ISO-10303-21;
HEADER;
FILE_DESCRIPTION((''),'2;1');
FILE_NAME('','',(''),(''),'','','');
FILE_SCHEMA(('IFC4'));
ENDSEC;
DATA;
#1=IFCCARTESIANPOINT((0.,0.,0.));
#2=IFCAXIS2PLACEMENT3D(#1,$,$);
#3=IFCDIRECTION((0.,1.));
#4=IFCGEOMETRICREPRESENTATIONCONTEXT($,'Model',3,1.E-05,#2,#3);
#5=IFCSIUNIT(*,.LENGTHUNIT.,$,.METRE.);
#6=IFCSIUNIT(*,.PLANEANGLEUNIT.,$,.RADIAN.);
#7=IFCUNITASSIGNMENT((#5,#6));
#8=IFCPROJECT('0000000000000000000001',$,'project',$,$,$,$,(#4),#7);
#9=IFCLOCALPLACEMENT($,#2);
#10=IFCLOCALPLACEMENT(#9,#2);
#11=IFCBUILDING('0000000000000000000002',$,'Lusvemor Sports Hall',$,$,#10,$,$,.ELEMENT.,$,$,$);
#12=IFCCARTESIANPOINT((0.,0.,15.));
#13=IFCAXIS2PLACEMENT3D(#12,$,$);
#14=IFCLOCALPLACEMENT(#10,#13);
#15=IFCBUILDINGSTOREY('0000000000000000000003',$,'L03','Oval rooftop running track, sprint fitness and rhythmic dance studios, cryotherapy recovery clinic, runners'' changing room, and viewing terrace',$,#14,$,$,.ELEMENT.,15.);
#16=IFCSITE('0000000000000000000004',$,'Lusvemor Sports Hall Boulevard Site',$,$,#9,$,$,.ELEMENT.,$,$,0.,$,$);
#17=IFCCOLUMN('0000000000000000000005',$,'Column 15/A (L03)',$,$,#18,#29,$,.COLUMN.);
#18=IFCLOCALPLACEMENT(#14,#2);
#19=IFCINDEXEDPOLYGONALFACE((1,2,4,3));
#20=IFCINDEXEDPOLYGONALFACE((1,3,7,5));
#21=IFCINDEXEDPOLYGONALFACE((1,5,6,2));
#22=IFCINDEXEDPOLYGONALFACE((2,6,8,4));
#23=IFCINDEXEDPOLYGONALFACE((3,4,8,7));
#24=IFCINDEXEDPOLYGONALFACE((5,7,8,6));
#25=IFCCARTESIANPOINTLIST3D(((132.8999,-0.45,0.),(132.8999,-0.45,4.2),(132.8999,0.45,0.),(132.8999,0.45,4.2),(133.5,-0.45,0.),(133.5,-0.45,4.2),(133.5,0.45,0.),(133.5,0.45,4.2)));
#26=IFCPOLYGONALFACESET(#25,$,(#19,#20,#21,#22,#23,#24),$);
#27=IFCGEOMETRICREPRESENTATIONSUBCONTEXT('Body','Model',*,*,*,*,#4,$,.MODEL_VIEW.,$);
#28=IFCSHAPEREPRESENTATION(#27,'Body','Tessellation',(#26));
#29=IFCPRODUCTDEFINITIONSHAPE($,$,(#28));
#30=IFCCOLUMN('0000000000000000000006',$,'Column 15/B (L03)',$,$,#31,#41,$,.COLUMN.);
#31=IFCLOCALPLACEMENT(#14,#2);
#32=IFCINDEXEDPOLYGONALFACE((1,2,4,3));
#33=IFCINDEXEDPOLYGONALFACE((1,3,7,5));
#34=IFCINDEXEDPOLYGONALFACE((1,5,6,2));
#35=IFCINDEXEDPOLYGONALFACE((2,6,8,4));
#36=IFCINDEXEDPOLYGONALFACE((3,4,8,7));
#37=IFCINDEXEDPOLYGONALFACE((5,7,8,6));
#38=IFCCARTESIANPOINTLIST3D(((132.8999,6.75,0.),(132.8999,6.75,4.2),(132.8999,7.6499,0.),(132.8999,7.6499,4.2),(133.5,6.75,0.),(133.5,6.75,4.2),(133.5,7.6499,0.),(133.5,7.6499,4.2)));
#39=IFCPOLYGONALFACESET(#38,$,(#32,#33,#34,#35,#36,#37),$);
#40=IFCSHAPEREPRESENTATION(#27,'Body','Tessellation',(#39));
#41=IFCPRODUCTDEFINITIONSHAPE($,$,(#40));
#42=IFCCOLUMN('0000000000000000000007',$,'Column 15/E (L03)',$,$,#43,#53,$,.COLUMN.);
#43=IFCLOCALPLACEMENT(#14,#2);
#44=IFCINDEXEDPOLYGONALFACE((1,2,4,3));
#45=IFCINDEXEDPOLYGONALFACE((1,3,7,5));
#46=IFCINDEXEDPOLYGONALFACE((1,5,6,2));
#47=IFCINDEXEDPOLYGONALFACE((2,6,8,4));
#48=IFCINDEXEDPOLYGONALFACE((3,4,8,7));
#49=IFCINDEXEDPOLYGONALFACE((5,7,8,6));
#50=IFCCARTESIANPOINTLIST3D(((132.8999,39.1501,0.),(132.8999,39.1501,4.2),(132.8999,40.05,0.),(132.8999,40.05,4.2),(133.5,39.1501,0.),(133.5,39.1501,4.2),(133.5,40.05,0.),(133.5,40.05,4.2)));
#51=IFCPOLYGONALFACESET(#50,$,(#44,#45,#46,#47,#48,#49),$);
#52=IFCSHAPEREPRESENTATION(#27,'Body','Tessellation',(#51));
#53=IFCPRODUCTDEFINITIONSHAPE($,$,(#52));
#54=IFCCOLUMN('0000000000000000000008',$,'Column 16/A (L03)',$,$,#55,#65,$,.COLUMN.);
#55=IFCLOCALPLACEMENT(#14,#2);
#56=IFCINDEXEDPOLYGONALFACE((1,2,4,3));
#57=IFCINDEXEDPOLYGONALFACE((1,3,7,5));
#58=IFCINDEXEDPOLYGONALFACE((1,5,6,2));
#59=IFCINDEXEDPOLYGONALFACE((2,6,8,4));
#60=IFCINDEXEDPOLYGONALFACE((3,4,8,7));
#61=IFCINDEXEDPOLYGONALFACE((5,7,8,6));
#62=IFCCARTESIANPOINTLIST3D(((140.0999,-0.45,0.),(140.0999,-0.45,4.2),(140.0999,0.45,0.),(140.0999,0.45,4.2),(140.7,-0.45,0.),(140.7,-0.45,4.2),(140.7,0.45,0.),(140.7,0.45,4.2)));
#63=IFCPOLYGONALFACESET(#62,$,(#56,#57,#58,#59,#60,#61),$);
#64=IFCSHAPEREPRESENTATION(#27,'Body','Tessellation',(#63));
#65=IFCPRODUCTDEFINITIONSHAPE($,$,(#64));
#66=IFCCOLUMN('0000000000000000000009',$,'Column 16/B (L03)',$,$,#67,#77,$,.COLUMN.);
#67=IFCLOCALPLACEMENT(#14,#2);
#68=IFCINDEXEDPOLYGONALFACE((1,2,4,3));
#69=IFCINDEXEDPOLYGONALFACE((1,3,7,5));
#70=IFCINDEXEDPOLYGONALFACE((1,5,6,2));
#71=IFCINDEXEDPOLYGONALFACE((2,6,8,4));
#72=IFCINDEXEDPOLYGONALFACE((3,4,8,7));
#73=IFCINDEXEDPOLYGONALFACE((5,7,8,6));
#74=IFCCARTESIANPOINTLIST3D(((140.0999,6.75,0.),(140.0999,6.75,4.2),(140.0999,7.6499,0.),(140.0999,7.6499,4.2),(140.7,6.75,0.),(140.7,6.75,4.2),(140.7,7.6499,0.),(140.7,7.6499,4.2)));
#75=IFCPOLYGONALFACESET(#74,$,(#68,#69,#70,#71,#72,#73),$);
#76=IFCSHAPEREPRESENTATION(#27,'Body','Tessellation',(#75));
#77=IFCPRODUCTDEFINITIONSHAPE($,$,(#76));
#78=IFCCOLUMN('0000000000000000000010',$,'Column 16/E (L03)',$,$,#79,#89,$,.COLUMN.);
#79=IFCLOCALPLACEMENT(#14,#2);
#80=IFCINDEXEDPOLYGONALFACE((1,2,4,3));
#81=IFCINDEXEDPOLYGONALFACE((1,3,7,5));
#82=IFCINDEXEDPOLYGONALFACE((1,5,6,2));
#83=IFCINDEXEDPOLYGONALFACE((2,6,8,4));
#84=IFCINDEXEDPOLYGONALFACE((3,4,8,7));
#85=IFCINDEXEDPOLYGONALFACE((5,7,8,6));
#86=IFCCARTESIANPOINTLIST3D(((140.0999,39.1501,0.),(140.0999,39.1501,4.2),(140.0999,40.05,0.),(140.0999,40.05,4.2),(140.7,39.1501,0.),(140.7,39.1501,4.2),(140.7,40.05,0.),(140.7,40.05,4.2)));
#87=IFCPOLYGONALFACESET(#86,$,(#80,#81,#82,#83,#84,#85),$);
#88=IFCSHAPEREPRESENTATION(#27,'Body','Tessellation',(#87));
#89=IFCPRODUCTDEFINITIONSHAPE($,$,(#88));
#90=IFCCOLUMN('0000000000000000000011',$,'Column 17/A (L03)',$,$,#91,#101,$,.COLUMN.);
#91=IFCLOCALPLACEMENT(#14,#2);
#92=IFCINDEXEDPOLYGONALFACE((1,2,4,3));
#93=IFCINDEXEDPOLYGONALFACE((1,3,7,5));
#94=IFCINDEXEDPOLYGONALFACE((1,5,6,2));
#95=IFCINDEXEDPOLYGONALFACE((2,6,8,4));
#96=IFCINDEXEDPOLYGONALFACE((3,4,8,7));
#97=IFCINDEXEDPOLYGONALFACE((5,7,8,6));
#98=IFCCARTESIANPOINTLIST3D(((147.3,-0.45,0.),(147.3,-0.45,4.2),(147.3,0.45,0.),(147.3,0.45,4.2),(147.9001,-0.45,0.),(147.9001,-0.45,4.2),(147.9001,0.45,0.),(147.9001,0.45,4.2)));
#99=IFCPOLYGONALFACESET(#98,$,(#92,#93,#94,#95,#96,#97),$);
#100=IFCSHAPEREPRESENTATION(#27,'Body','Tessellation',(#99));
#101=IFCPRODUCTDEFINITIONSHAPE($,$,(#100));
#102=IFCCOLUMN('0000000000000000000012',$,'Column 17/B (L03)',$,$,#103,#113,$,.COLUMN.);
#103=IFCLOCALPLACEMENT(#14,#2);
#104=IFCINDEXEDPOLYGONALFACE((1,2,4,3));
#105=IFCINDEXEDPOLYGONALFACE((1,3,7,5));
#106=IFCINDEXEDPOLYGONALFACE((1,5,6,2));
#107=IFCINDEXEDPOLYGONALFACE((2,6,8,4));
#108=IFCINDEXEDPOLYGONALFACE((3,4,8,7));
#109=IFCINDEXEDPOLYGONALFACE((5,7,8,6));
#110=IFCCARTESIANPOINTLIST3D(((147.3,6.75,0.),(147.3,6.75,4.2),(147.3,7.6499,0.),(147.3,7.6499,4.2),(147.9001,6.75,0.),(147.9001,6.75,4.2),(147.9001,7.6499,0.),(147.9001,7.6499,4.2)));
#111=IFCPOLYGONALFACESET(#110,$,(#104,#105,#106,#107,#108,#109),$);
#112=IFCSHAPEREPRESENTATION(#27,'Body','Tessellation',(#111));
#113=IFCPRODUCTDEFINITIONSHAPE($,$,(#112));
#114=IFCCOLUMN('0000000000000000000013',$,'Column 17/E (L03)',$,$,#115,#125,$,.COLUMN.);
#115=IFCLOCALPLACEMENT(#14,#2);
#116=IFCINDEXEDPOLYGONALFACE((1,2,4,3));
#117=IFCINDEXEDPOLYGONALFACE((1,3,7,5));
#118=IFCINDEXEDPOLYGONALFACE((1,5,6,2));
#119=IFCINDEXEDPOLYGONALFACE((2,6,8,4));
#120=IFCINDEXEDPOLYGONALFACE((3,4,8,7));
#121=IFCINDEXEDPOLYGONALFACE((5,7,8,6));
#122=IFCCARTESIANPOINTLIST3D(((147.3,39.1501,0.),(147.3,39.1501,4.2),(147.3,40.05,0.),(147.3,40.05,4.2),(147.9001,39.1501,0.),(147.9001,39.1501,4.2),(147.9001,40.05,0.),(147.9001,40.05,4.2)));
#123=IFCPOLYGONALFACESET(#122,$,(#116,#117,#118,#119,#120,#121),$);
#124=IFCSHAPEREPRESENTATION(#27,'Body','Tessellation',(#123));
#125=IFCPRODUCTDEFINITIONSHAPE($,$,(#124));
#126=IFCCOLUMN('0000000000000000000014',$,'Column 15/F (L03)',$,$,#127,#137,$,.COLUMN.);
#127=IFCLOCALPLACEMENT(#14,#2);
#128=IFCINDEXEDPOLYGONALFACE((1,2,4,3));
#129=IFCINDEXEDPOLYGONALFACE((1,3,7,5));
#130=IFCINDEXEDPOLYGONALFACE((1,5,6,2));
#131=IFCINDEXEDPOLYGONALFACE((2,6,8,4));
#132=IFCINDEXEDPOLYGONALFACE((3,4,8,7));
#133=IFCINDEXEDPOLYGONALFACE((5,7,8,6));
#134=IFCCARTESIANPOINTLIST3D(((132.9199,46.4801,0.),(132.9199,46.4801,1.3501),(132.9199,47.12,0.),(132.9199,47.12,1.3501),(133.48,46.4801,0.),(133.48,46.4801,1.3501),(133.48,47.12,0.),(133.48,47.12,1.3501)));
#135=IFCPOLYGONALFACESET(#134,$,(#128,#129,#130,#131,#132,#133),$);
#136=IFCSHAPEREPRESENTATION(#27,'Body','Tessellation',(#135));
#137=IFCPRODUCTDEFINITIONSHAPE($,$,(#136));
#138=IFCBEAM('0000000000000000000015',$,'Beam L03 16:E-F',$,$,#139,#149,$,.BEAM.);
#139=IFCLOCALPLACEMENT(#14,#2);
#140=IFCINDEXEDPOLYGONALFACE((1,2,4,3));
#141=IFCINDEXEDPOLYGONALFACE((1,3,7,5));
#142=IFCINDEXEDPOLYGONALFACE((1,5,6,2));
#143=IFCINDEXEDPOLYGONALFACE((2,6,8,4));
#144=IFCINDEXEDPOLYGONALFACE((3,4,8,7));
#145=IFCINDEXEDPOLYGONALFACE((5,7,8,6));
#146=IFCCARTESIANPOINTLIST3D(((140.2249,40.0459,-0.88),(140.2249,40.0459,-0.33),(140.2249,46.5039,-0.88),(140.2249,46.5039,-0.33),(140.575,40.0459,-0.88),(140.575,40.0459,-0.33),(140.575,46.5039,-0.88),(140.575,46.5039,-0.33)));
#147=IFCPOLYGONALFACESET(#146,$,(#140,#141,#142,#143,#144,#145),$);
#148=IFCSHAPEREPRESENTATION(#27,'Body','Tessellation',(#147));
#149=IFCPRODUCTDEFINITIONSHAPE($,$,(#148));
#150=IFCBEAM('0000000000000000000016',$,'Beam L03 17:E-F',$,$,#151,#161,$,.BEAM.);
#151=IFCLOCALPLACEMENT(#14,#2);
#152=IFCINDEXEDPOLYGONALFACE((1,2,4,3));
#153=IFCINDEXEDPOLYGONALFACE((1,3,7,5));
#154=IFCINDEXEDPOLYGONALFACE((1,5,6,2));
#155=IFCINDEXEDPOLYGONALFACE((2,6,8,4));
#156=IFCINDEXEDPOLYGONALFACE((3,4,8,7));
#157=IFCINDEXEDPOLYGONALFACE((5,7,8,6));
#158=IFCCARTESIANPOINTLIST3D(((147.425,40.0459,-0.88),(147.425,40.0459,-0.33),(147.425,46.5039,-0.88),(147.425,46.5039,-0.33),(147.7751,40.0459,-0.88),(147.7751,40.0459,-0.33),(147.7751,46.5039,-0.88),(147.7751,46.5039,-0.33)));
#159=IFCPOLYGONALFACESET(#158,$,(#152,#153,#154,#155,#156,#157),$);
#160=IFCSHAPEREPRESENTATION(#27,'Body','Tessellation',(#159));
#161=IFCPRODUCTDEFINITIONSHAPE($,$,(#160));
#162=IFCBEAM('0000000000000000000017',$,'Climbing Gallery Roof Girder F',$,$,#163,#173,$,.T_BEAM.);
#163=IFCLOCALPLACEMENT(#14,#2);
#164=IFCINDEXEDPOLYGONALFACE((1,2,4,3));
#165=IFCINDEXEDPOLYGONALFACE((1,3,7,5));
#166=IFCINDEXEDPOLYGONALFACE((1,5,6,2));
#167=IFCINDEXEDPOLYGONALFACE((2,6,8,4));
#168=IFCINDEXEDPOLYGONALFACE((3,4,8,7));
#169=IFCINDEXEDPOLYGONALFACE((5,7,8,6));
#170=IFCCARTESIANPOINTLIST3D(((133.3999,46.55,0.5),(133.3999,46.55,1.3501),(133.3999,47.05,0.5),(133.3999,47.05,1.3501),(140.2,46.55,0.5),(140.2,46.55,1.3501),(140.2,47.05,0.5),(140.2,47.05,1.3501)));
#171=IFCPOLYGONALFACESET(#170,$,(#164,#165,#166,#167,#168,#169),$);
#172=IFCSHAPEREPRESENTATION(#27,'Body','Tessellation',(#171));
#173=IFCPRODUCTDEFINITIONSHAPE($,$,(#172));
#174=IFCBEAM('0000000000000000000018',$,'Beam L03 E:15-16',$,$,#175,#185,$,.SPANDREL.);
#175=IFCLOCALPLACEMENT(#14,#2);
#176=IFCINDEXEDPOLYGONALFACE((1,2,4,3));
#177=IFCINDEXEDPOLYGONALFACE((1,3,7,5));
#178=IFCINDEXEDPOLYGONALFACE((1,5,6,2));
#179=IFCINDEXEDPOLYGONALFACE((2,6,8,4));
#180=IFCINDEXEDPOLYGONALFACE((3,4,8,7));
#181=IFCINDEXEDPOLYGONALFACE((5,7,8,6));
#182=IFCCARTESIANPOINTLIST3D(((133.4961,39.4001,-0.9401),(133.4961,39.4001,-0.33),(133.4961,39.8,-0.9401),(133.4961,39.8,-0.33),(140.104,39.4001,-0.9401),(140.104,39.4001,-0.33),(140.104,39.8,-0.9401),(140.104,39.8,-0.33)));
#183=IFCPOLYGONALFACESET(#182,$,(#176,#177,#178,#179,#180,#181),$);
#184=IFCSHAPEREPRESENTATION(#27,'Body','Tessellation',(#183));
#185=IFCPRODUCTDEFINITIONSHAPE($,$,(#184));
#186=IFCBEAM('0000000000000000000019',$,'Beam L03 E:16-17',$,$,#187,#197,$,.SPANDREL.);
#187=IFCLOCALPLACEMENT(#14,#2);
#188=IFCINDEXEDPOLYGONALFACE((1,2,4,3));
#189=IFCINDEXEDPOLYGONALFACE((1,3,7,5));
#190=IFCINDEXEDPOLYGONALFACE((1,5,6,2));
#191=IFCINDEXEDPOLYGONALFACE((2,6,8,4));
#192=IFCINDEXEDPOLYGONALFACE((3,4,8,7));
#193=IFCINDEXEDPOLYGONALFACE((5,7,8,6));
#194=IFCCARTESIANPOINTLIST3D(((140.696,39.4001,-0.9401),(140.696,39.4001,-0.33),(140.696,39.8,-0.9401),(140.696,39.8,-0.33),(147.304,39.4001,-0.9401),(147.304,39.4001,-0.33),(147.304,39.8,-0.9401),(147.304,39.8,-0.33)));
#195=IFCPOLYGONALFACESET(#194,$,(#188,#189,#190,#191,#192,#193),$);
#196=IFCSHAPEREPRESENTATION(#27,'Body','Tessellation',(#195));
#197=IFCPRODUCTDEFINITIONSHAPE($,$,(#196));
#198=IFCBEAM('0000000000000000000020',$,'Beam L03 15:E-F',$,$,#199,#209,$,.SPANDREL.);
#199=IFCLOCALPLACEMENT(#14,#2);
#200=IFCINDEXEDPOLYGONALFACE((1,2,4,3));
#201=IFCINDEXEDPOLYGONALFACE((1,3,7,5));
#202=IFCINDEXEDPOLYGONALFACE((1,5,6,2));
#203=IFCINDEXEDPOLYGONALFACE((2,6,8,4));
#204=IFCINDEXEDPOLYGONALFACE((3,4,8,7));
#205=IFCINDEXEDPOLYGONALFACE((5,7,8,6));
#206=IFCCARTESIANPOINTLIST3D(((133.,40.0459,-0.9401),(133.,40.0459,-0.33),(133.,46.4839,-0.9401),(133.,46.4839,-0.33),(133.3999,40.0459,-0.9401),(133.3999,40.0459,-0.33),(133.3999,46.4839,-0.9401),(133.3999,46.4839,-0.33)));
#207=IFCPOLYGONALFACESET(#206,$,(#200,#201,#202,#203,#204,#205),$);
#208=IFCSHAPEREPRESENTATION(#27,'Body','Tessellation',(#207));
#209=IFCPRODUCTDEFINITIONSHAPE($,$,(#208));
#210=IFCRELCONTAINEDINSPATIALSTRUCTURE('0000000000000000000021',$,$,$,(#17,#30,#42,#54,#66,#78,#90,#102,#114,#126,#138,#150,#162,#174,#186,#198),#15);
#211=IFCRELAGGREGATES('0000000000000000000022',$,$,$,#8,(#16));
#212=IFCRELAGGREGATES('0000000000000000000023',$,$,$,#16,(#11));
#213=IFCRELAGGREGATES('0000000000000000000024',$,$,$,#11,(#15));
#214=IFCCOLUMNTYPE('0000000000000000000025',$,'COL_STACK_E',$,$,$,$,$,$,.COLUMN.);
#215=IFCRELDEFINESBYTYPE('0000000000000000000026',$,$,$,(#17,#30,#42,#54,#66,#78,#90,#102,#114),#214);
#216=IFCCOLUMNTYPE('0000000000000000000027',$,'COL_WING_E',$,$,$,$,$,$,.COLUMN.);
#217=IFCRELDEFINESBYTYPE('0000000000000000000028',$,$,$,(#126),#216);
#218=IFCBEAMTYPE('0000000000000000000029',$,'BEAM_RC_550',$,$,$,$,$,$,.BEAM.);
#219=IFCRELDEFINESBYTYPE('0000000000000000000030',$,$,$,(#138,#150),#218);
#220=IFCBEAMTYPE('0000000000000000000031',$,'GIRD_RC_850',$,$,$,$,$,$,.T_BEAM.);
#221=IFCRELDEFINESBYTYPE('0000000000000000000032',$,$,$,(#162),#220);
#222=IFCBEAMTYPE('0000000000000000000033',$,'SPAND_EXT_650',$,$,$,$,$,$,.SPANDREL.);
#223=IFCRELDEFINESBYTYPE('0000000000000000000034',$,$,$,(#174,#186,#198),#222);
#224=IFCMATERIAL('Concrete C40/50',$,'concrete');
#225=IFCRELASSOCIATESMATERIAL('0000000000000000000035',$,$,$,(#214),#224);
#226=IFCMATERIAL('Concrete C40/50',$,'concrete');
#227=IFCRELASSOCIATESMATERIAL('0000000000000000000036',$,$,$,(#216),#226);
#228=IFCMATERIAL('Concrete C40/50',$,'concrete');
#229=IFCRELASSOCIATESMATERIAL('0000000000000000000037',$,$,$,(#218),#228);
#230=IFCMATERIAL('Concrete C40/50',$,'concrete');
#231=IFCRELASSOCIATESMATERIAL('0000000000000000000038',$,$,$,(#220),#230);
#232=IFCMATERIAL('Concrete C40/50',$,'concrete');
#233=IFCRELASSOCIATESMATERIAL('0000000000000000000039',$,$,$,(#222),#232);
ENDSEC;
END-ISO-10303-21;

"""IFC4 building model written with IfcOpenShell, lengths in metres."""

from ifc_helpers import new_model, si_unit, direction, frame, origin, origin_2d, place, context, subcontext, project, spatial, rectangle, extrude, material, material_profile, profile_set, type_object, element, save


model = new_model("IFC4")

# Units and contexts
model_context = context("Model", 3, precision=1e-05, world=origin(), true_north=direction((0.0, 1.0)))
body_context = subcontext(model_context, "Body", "Model", "MODEL_VIEW")
ifc_project = project(units=[si_unit("LENGTHUNIT", "METRE"), si_unit("PLANEANGLEUNIT", "RADIAN")], contexts=[model_context])

# Site, building, storey
site_placement = place(None, origin())
site = spatial("IfcSite", under=ifc_project, at=site_placement, Name="Lusvemor Sports Hall Boulevard Site", CompositionType="ELEMENT", RefElevation=0.0)
building_placement = place(site_placement, origin())
building = spatial("IfcBuilding", under=site, at=building_placement, Name="Lusvemor Sports Hall", CompositionType="ELEMENT")
storey_placement = place(building_placement, frame((0.0, 0.0, 15.0)))
storey = spatial("IfcBuildingStorey", under=building, at=storey_placement, Name="L03", Description="Oval rooftop running track, sprint fitness and rhythmic dance studios, cryotherapy recovery clinic, runners' changing room, and viewing terrace", CompositionType="ELEMENT", Elevation=15.0)

# Columns
ifc_material_1 = material(Name="Concrete C40/50", Category="concrete")
ifc_material_profile_1 = material_profile(ifc_material_1, rectangle(XDim=0.6001, YDim=0.8999, at=origin_2d()), Name="RC600x900")
ifc_profile_set_1 = profile_set([ifc_material_profile_1], Name="Concrete C40/50")
column_type_1 = type_object("IfcColumnType", Name="COL_STACK_E", PredefinedType="COLUMN", material=ifc_profile_set_1)
for number, where, z_axis, x_axis, name in (
    (1, (133.2, 0.0, 0.0), (0.0, 0.0, 1.0), (1.0, 0.0, 0.0), "Column 15/A (L03)"),
    (2, (133.2, 7.2, 0.0), (0.0, 0.0, 1.0), (1.0, 0.0, 0.0), "Column 15/B (L03)"),
    (3, (133.2, 39.6001, 0.0), (0.0, 0.0, 1.0), (1.0, 0.0, 0.0), "Column 15/E (L03)"),
    (4, (140.3999, 0.0, 0.0), (0.0, 0.0, 1.0), (1.0, 0.0, 0.0), "Column 16/A (L03)"),
    (5, (140.3999, 7.2, 0.0), (0.0, 0.0, 1.0), (1.0, 0.0, 0.0), "Column 16/B (L03)"),
    (6, (140.3999, 39.6001, 0.0), (0.0, 0.0, 1.0), (1.0, 0.0, 0.0), "Column 16/E (L03)"),
    (7, (147.6001, 0.0, 0.0), (0.0, 0.0, 1.0), (1.0, 0.0, 0.0), "Column 17/A (L03)"),
    (8, (147.6001, 7.2, 0.0), (0.0, 0.0, 1.0), (1.0, 0.0, 0.0), "Column 17/B (L03)"),
    (9, (147.6001, 39.6001, 0.0), (0.0, 0.0, 1.0), (1.0, 0.0, 0.0), "Column 17/E (L03)"),
):
    element("IfcColumn", number, at=place(storey_placement, frame(where, z_axis=z_axis, x_axis=x_axis)), inside=storey, type_object=column_type_1, Name=name, PredefinedType="COLUMN", context=body_context, shape_type="SweptSolid", body=[
        extrude(rectangle(XDim=0.6001, YDim=0.8999, at=origin_2d()), origin(), (0.0, 0.0, 1.0), 4.2),
    ])
ifc_material_2 = material(Name="Concrete C40/50", Category="concrete")
ifc_material_profile_2 = material_profile(ifc_material_2, rectangle(XDim=0.5601, YDim=0.6399, at=origin_2d()), Name="RC560x640")
ifc_profile_set_2 = profile_set([ifc_material_profile_2], Name="Concrete C40/50")
column_type_2 = type_object("IfcColumnType", Name="COL_WING_E", PredefinedType="COLUMN", material=ifc_profile_set_2)
column_placement = place(storey_placement, frame((133.2, 46.8, 0.0), z_axis=(0.0, 0.0, 1.0), x_axis=(1.0, 0.0, 0.0)))
element("IfcColumn", 10, at=column_placement, inside=storey, type_object=column_type_2, Name="Column 15/F (L03)", PredefinedType="COLUMN", context=body_context, shape_type="SweptSolid", body=[
    extrude(rectangle(XDim=0.5601, YDim=0.6399, at=origin_2d()), origin(), (0.0, 0.0, 1.0), 1.3501),
])

# Beams
ifc_material_3 = material(Name="Concrete C40/50", Category="concrete")
ifc_material_profile_3 = material_profile(ifc_material_3, rectangle(XDim=0.3501, YDim=0.55, at=origin_2d()), Name="RC350x550")
ifc_profile_set_3 = profile_set([ifc_material_profile_3], Name="Concrete C40/50")
beam_type_1 = type_object("IfcBeamType", Name="BEAM_RC_550", PredefinedType="BEAM", material=ifc_profile_set_3)
for number, where, z_axis, x_axis, name in (
    (11, (140.3999, 40.0459, -0.605), (0.0, 1.0, 0.0), (-1.0, 0.0, 0.0), "Beam L03 16:E-F"),
    (12, (147.6001, 40.0459, -0.605), (0.0, 1.0, 0.0), (-1.0, 0.0, 0.0), "Beam L03 17:E-F"),
):
    element("IfcBeam", number, at=place(storey_placement, frame(where, z_axis=z_axis, x_axis=x_axis)), inside=storey, type_object=beam_type_1, Name=name, PredefinedType="BEAM", context=body_context, shape_type="SweptSolid", body=[
        extrude(rectangle(XDim=0.3501, YDim=0.55, at=origin_2d()), origin(), (0.0, 0.0, 1.0), 6.458),
    ])
ifc_material_4 = material(Name="Concrete C40/50", Category="concrete")
ifc_material_profile_4 = material_profile(ifc_material_4, rectangle(XDim=0.5, YDim=0.8501, at=origin_2d()), Name="RC500x850")
ifc_profile_set_4 = profile_set([ifc_material_profile_4], Name="Concrete C40/50")
beam_type_2 = type_object("IfcBeamType", Name="GIRD_RC_850", PredefinedType="T_BEAM", material=ifc_profile_set_4)
beam_1_placement = place(storey_placement, frame((133.3999, 46.8, 0.925), z_axis=(1.0, 0.0, 0.0), x_axis=(0.0, 1.0, 0.0)))
element("IfcBeam", 13, at=beam_1_placement, inside=storey, type_object=beam_type_2, Name="Climbing Gallery Roof Girder F", PredefinedType="T_BEAM", context=body_context, shape_type="SweptSolid", body=[
    extrude(rectangle(XDim=0.5, YDim=0.8501, at=origin_2d()), origin(), (0.0, 0.0, 1.0), 6.8),
])
ifc_material_5 = material(Name="Concrete C40/50", Category="concrete")
ifc_material_profile_5 = material_profile(ifc_material_5, rectangle(XDim=0.3999, YDim=0.6101, at=origin_2d()), Name="RC400x610")
ifc_profile_set_5 = profile_set([ifc_material_profile_5], Name="Concrete C40/50")
beam_type_3 = type_object("IfcBeamType", Name="SPAND_EXT_650", PredefinedType="SPANDREL", material=ifc_profile_set_5)
for number, where, z_axis, x_axis, name in (
    (14, (133.4961, 39.6001, -0.635), (1.0, 0.0, 0.0), (0.0, 1.0, 0.0), "Beam L03 E:15-16"),
    (15, (140.696, 39.6001, -0.635), (1.0, 0.0, 0.0), (0.0, 1.0, 0.0), "Beam L03 E:16-17"),
):
    element("IfcBeam", number, at=place(storey_placement, frame(where, z_axis=z_axis, x_axis=x_axis)), inside=storey, type_object=beam_type_3, Name=name, PredefinedType="SPANDREL", context=body_context, shape_type="SweptSolid", body=[
        extrude(rectangle(XDim=0.3999, YDim=0.6101, at=origin_2d()), origin(), (0.0, 0.0, 1.0), 6.6079),
    ])
beam_2_placement = place(storey_placement, frame((133.2, 40.0459, -0.635), z_axis=(0.0, 1.0, 0.0), x_axis=(-1.0, 0.0, 0.0)))
element("IfcBeam", 16, at=beam_2_placement, inside=storey, type_object=beam_type_3, Name="Beam L03 15:E-F", PredefinedType="SPANDREL", context=body_context, shape_type="SweptSolid", body=[
    extrude(rectangle(XDim=0.3999, YDim=0.6101, at=origin_2d()), origin(), (0.0, 0.0, 1.0), 6.438),
])

save(model, "model.ifc")
